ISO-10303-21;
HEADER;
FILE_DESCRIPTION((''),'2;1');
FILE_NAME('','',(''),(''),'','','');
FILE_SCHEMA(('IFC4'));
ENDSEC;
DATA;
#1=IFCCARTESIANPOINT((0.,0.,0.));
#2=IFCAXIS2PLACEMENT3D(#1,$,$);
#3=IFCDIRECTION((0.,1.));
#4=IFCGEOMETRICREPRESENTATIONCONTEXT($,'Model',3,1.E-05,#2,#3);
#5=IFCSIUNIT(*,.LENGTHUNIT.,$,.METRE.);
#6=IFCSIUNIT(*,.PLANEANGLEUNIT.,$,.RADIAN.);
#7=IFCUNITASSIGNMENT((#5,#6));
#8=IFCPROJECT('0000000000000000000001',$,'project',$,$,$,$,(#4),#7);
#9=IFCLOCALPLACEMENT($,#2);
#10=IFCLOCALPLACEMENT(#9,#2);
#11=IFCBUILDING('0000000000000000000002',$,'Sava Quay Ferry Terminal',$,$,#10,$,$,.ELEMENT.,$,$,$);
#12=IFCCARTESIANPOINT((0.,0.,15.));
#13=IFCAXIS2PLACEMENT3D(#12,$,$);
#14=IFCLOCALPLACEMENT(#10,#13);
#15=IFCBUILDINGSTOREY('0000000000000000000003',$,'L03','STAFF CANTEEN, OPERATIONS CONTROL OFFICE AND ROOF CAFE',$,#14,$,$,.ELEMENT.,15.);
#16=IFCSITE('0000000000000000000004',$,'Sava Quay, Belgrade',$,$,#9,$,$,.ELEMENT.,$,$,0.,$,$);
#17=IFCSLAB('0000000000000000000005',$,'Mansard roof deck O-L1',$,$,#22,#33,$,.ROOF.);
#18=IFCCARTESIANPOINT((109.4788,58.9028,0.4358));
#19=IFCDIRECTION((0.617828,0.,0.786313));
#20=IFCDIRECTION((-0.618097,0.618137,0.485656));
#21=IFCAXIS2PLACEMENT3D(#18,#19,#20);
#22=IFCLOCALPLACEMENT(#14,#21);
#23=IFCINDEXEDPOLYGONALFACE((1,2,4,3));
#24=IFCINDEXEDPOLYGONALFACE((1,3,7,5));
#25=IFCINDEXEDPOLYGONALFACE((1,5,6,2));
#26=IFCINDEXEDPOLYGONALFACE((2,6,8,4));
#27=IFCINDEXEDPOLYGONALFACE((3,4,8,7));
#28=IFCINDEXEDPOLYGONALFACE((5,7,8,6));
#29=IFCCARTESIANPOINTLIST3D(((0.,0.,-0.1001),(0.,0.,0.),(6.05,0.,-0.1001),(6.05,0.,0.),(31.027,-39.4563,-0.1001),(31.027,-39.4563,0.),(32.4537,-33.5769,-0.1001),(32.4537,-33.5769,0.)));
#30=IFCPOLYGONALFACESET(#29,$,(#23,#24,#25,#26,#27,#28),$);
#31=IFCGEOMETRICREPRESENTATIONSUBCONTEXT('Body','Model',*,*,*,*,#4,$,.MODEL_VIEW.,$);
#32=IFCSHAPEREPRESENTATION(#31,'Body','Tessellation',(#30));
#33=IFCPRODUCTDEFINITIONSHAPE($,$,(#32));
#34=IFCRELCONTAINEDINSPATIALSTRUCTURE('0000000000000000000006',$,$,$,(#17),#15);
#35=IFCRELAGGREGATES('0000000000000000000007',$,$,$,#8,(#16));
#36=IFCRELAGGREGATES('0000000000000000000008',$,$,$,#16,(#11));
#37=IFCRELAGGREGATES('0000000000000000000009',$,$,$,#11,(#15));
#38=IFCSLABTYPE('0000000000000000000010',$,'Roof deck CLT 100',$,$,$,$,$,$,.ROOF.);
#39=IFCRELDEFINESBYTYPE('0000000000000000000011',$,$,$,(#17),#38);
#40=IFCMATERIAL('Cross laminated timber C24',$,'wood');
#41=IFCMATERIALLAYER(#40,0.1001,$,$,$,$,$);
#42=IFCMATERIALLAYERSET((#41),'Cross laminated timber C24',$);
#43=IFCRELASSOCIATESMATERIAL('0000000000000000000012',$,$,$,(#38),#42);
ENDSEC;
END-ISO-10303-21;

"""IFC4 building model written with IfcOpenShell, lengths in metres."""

from ifc_helpers import new_model, si_unit, direction, frame, origin, place, context, subcontext, project, spatial, polyline, outline, extrude, material, layer, layer_set, type_object, element, save


model = new_model("IFC4")

# Units and contexts
model_context = context("Model", 3, precision=1e-05, world=origin(), true_north=direction((0.0, 1.0)))
body_context = subcontext(model_context, "Body", "Model", "MODEL_VIEW")
ifc_project = project(units=[si_unit("LENGTHUNIT", "METRE"), si_unit("PLANEANGLEUNIT", "RADIAN")], contexts=[model_context])

# Site, building, storey
site_placement = place(None, origin())
site = spatial("IfcSite", under=ifc_project, at=site_placement, Name="Sava Quay, Belgrade", CompositionType="ELEMENT", RefElevation=0.0)
building_placement = place(site_placement, origin())
building = spatial("IfcBuilding", under=site, at=building_placement, Name="Sava Quay Ferry Terminal", CompositionType="ELEMENT")
storey_placement = place(building_placement, frame((0.0, 0.0, 15.0)))
storey = spatial("IfcBuildingStorey", under=building, at=storey_placement, Name="L03", Description="STAFF CANTEEN, OPERATIONS CONTROL OFFICE AND ROOF CAFE", CompositionType="ELEMENT", Elevation=15.0)

# Slab
ifc_material_1 = material(Name="Cross laminated timber C24", Category="wood")
ifc_layer_1 = layer(ifc_material_1, 0.1001)
ifc_layer_set_1 = layer_set([ifc_layer_1], Name="Cross laminated timber C24")
slab_type = type_object("IfcSlabType", Name="Roof deck CLT 100", PredefinedType="ROOF", material=ifc_layer_set_1)
slab_placement = place(storey_placement, frame((109.4788, 58.9028, 0.4358), z_axis=(0.617828, 0.0, 0.786313), x_axis=(-0.618097, 0.618137, 0.485656)))
element("IfcSlab", 1, at=slab_placement, inside=storey, type_object=slab_type, Name="Mansard roof deck O-L1", PredefinedType="ROOF", context=body_context, shape_type="SweptSolid", body=[
    extrude(outline(polyline([(0.0, 0.0), (6.05, 0.0), (32.4537, -33.5769), (31.027, -39.4563), (0.0, 0.0)])), origin(), (0.0, 0.0, -1.0), 0.1001),
])

save(model, "model.ifc")
